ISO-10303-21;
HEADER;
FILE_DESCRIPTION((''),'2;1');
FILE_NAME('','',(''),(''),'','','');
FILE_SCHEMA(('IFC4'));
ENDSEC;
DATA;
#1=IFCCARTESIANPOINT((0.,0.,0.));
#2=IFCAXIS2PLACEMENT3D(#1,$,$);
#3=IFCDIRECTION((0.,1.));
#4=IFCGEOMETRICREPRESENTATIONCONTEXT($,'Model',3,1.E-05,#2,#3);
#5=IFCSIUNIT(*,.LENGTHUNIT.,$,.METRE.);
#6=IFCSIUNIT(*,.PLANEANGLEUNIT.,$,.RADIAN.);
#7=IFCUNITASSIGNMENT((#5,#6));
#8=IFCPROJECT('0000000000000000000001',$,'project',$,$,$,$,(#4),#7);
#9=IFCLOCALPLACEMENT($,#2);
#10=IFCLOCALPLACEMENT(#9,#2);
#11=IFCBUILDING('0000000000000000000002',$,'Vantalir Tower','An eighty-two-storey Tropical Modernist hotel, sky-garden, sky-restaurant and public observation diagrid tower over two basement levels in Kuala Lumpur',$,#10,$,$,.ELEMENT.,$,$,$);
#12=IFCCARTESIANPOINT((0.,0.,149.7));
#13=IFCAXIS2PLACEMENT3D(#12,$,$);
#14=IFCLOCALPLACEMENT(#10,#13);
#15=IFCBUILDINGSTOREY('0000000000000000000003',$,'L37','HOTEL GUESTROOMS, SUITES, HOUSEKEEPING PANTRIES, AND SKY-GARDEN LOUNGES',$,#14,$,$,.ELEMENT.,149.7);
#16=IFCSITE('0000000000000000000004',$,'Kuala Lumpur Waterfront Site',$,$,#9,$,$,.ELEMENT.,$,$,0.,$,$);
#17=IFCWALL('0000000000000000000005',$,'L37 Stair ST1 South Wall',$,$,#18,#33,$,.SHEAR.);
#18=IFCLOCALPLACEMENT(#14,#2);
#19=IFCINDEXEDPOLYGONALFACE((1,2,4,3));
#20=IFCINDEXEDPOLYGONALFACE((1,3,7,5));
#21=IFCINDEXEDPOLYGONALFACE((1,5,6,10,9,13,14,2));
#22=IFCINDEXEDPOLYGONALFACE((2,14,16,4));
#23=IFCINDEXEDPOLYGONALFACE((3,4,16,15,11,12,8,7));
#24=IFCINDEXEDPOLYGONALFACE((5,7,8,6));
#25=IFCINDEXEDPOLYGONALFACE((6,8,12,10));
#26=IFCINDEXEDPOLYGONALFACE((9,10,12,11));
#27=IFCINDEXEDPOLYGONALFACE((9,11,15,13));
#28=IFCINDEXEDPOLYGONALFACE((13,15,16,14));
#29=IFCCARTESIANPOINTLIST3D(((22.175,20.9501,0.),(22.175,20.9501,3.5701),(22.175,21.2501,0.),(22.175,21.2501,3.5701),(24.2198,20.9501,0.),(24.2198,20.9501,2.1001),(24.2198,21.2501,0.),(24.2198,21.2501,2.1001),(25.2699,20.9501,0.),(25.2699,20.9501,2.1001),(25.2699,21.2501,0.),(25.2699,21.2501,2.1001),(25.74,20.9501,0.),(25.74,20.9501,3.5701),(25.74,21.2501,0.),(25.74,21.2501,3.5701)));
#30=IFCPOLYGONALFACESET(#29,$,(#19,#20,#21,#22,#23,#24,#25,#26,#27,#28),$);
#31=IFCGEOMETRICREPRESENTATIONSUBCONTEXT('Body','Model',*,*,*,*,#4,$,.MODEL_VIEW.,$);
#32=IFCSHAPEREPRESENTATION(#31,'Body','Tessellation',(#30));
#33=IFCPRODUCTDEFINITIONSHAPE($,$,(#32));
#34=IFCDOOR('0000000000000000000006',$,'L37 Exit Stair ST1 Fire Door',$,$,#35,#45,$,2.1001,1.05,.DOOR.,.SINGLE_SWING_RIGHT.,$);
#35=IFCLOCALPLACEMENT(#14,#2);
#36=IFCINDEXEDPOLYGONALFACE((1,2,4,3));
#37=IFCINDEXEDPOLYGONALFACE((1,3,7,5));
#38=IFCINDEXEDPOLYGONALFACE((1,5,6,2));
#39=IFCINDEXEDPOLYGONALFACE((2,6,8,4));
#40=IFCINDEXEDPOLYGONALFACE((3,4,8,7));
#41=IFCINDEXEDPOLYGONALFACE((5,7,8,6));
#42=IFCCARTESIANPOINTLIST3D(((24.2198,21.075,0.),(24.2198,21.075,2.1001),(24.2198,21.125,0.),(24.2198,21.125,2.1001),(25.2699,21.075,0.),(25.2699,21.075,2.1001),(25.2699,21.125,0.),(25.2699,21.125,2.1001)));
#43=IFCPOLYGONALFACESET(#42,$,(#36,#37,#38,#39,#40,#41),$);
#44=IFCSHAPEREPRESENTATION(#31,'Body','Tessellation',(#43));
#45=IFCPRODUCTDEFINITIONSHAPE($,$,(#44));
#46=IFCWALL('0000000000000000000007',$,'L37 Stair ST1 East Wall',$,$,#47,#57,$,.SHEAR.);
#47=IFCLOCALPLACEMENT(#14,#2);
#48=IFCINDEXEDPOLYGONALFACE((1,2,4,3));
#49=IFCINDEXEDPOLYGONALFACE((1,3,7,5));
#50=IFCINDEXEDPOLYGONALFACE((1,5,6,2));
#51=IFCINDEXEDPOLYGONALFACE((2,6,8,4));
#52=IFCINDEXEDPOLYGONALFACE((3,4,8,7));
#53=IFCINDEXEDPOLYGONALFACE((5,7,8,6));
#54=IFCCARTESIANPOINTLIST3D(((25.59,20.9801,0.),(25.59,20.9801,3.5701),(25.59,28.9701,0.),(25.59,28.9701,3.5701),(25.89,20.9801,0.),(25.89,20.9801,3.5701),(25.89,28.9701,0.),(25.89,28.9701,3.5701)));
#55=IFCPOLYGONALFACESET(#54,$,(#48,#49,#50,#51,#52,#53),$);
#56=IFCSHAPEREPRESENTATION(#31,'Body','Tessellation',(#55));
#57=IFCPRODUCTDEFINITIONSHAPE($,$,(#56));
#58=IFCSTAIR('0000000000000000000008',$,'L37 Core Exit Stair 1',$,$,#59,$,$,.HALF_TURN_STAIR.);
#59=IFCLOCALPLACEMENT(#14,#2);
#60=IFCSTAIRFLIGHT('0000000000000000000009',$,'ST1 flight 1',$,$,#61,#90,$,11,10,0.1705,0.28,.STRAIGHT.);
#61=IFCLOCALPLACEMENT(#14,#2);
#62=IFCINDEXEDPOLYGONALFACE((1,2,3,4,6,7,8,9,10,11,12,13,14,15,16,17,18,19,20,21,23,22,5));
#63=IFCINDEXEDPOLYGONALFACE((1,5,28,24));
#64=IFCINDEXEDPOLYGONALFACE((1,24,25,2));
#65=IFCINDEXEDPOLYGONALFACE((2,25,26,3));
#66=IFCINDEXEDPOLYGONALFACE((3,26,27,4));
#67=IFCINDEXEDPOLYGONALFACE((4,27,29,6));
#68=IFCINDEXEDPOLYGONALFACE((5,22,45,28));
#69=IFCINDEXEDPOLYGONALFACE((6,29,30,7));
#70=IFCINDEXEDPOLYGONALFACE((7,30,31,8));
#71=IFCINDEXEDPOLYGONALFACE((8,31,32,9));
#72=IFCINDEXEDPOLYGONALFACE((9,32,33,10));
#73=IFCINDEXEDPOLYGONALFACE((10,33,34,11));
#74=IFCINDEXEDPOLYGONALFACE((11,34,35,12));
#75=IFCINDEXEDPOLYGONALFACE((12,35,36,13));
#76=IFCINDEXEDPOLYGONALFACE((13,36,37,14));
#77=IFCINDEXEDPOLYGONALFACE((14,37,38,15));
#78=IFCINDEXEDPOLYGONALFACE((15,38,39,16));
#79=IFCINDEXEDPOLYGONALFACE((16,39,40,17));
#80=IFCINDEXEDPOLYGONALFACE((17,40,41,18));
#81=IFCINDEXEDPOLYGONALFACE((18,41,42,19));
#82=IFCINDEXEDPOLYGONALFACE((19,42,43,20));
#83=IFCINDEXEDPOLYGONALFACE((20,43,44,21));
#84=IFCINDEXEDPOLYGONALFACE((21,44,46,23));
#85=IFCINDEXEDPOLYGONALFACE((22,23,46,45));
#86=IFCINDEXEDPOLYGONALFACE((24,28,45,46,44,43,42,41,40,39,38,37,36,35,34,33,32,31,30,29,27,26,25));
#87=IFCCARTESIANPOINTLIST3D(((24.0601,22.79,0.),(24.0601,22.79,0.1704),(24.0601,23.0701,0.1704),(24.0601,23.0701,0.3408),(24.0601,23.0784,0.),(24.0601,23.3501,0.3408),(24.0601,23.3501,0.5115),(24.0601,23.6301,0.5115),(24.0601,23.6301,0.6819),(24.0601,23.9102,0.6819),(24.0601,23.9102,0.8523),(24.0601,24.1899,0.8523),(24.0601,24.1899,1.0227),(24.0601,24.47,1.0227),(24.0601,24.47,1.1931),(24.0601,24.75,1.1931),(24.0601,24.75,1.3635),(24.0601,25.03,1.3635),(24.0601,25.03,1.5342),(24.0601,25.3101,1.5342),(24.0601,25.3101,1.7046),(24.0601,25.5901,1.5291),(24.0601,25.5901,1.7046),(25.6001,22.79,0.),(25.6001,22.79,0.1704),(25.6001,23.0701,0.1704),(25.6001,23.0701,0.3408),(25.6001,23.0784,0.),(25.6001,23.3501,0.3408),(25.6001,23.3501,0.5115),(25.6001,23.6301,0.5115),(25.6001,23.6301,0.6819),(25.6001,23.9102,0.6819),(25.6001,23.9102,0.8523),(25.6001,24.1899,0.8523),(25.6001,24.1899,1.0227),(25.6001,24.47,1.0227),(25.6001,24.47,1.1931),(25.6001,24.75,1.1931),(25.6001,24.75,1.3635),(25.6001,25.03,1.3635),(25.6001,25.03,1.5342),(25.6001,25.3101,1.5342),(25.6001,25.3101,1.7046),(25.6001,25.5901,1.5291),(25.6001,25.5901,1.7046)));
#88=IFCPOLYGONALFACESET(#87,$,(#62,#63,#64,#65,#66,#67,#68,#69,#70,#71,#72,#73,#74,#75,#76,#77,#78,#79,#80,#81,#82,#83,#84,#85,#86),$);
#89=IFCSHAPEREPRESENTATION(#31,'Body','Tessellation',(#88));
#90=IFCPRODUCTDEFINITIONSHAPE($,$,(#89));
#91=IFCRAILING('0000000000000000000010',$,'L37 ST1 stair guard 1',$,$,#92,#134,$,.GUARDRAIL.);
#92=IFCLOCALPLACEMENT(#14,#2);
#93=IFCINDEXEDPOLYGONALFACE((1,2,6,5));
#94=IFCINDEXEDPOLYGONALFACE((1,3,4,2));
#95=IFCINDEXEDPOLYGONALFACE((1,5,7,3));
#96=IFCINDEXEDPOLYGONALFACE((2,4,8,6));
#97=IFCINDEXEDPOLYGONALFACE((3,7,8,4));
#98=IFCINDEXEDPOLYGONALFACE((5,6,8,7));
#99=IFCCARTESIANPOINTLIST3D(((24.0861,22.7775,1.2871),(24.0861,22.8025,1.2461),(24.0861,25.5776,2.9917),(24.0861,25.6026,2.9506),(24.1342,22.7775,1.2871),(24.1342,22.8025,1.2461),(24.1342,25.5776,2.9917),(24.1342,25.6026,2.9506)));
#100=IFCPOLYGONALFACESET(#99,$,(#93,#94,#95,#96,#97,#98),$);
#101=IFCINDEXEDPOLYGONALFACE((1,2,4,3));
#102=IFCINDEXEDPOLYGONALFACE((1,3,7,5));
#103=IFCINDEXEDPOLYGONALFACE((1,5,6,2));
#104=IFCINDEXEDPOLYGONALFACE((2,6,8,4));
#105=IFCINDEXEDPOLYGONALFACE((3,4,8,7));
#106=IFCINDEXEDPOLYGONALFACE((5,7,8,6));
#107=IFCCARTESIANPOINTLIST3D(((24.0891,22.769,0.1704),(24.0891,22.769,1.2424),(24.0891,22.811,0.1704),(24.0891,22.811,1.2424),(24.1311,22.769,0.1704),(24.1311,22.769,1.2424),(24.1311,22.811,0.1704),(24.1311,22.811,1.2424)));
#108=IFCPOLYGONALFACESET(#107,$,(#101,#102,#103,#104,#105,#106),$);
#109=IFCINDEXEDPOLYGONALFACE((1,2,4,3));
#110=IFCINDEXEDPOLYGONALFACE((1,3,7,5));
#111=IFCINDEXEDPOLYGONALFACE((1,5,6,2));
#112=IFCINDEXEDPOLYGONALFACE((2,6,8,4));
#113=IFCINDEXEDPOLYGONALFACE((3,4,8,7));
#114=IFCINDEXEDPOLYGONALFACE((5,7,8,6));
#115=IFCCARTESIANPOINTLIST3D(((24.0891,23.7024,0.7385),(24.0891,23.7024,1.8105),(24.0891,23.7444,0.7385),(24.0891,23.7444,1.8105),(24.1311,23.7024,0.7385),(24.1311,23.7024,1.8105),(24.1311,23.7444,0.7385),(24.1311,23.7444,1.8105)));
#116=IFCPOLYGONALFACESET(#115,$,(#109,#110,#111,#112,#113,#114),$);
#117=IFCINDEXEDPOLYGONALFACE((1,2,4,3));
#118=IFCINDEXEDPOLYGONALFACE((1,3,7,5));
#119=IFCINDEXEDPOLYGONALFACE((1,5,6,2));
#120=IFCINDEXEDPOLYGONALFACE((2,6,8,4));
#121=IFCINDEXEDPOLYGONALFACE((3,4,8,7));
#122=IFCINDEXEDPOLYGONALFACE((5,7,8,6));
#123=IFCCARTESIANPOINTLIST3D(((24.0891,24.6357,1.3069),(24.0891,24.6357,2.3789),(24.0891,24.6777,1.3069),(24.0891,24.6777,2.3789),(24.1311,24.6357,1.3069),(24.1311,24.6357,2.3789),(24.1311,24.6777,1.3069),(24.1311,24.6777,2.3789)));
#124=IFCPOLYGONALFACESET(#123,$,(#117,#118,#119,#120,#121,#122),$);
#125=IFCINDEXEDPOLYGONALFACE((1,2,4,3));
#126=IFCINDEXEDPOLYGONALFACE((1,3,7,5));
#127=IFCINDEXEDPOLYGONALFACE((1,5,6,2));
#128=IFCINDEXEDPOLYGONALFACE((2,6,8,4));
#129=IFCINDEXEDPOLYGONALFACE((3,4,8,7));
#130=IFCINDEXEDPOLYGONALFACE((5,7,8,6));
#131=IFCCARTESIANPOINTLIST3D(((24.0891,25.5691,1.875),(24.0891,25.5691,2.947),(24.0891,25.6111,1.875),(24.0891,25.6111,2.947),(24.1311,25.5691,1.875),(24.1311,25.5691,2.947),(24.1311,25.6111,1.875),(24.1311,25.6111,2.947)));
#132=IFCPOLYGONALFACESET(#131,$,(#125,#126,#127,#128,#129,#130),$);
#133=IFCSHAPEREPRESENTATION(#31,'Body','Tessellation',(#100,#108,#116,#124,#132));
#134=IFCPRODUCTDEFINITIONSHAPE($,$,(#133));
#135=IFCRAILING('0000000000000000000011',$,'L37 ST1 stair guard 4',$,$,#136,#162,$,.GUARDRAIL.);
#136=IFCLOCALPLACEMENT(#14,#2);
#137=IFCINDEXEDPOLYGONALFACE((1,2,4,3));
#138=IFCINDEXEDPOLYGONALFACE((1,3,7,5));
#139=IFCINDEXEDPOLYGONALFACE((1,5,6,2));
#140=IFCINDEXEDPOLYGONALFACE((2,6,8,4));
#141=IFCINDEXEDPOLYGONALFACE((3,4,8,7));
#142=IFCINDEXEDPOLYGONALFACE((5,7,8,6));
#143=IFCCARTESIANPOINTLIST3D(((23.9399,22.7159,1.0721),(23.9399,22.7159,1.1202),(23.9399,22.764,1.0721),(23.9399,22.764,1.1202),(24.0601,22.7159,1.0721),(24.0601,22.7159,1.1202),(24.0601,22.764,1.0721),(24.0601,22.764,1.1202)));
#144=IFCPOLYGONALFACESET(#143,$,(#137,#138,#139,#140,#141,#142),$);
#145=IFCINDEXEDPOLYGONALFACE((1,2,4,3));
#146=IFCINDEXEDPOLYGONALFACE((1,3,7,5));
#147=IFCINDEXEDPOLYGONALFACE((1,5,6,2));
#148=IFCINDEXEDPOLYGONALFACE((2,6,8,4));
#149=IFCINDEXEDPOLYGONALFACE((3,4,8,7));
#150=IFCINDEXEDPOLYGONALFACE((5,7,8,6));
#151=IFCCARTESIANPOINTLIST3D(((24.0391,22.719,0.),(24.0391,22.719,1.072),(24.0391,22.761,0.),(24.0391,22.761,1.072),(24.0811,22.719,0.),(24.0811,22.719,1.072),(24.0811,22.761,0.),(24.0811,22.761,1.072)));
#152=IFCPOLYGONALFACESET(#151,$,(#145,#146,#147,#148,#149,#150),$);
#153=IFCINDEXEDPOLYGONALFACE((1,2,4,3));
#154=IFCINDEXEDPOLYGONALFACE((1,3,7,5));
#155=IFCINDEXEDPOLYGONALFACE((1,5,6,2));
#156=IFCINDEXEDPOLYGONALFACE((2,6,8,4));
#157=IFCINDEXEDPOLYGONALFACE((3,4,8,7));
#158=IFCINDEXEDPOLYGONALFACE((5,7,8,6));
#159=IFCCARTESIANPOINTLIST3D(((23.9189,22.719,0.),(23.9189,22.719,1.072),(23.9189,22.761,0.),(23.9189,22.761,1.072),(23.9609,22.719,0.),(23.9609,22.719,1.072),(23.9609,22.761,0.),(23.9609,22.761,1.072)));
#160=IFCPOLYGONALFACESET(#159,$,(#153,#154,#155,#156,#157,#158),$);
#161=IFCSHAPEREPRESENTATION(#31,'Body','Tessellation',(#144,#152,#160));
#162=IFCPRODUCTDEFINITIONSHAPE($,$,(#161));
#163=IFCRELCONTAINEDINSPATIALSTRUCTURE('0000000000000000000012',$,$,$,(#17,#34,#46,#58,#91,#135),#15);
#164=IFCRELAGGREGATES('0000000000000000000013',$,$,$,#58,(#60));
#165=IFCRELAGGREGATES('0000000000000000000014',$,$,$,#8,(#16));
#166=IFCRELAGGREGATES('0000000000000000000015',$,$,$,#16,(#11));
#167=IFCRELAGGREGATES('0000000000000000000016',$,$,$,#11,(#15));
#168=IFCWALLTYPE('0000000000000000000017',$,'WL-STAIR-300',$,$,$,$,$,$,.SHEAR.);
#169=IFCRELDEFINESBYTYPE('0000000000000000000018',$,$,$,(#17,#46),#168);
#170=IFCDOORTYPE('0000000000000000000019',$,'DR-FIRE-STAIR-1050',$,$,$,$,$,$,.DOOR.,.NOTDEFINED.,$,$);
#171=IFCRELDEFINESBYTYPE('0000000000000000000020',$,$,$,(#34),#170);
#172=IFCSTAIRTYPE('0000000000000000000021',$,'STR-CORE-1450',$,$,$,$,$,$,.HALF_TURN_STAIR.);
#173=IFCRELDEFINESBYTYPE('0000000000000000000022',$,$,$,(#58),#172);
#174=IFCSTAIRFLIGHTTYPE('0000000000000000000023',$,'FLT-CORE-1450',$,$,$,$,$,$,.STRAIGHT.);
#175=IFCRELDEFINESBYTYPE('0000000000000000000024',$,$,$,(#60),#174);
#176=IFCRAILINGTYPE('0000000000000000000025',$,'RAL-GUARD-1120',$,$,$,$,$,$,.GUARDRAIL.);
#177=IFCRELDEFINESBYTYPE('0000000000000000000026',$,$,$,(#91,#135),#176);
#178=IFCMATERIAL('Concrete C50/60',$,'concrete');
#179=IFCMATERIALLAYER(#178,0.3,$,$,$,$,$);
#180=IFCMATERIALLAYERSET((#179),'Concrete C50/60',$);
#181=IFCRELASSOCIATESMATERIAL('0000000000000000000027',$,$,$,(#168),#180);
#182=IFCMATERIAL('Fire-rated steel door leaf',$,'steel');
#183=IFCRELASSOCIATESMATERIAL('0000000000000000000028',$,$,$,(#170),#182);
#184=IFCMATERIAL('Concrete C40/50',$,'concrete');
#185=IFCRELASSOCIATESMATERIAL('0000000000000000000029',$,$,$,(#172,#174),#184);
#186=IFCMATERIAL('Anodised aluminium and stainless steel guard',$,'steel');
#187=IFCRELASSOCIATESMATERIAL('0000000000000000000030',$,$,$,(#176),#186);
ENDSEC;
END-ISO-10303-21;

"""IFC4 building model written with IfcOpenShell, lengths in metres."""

from ifc_helpers import new_model, si_unit, direction, frame, frame_2d, origin, origin_2d, place, context, subcontext, project, spatial, polyline, rectangle, outline, extrude, material, layer, layer_set, type_object, element, fill, aggregate, save


model = new_model("IFC4")

# Units and contexts
model_context = context("Model", 3, precision=1e-05, world=origin(), true_north=direction((0.0, 1.0)))
body_context = subcontext(model_context, "Body", "Model", "MODEL_VIEW")
ifc_project = project(units=[si_unit("LENGTHUNIT", "METRE"), si_unit("PLANEANGLEUNIT", "RADIAN")], contexts=[model_context])

# Site, building, storey
site_placement = place(None, origin())
site = spatial("IfcSite", under=ifc_project, at=site_placement, Name="Kuala Lumpur Waterfront Site", CompositionType="ELEMENT", RefElevation=0.0)
building_placement = place(site_placement, origin())
building = spatial("IfcBuilding", under=site, at=building_placement, Name="Vantalir Tower", Description="An eighty-two-storey Tropical Modernist hotel, sky-garden, sky-restaurant and public observation diagrid tower over two basement levels in Kuala Lumpur", CompositionType="ELEMENT")
storey_placement = place(building_placement, frame((0.0, 0.0, 149.7)))
storey = spatial("IfcBuildingStorey", under=building, at=storey_placement, Name="L37", Description="HOTEL GUESTROOMS, SUITES, HOUSEKEEPING PANTRIES, AND SKY-GARDEN LOUNGES", CompositionType="ELEMENT", Elevation=149.7)

# Wall, opening, door
ifc_material_1 = material(Name="Concrete C50/60", Category="concrete")
ifc_layer_1 = layer(ifc_material_1, 0.3)
ifc_layer_set_1 = layer_set([ifc_layer_1], Name="Concrete C50/60")
wall_type_1 = type_object("IfcWallType", Name="WL-STAIR-300", PredefinedType="SHEAR", material=ifc_layer_set_1)
wall_1_placement = place(storey_placement, frame((22.175, 21.1001, 0.0), z_axis=(0.0, 0.0, 1.0), x_axis=(1.0, 0.0, 0.0)))
wall_1 = element("IfcWall", 1, at=wall_1_placement, inside=storey, type_object=wall_type_1, Name="L37 Stair ST1 South Wall", PredefinedType="SHEAR", context=body_context, shape_type="SweptSolid", body=[
    extrude(rectangle(XDim=3.5649, YDim=0.3, at=frame_2d((1.7825, 0.0))), origin(), (0.0, 0.0, 1.0), 3.5701),
])
opening_1_placement = place(wall_1_placement, frame((2.0449, 0.0, 0.0)))
opening_1 = element("IfcOpeningElement", 2, at=opening_1_placement, cuts=wall_1, PredefinedType="OPENING", context=body_context, shape_type="SweptSolid", body=[
    extrude(rectangle(XDim=1.05, YDim=2.1001, at=frame_2d((0.5249, 1.05))), frame((0.0, 0.1599, 0.0), z_axis=(0.0, -1.0, 0.0), x_axis=(1.0, 0.0, 0.0)), (0.0, 0.0, 1.0), 0.3201),
])
ifc_material_2 = material(Name="Fire-rated steel door leaf", Category="steel")
door_type_1 = type_object("IfcDoorType", Name="DR-FIRE-STAIR-1050", OperationType="NOTDEFINED", PredefinedType="DOOR", material=ifc_material_2)
door_1_placement = place(opening_1_placement, origin())
door_1 = element("IfcDoor", 3, at=door_1_placement, inside=storey, type_object=door_type_1, Name="L37 Exit Stair ST1 Fire Door", OperationType="SINGLE_SWING_RIGHT", OverallHeight=2.1001, OverallWidth=1.05, PredefinedType="DOOR", context=body_context, shape_type="SweptSolid", body=[
    extrude(rectangle(XDim=1.05, YDim=2.1001, at=frame_2d((0.5249, 1.05))), frame((0.0, 0.0249, 0.0), z_axis=(0.0, -1.0, 0.0), x_axis=(1.0, 0.0, 0.0)), (0.0, 0.0, 1.0), 0.05),
])
fill(opening_1, door_1)

# Wall
wall_2_placement = place(storey_placement, frame((25.74, 20.98, 0.0), z_axis=(0.0, 0.0, 1.0), x_axis=(0.0, 1.0, 0.0)))
element("IfcWall", 4, at=wall_2_placement, inside=storey, type_object=wall_type_1, Name="L37 Stair ST1 East Wall", PredefinedType="SHEAR", context=body_context, shape_type="SweptSolid", body=[
    extrude(rectangle(XDim=7.99, YDim=0.3, at=frame_2d((3.9951, 0.0))), origin(), (0.0, 0.0, 1.0), 3.5701),
])

# Stair, stair flight
ifc_material_3 = material(Name="Concrete C40/50", Category="concrete")
stair_type = type_object("IfcStairType", Name="STR-CORE-1450", PredefinedType="HALF_TURN_STAIR", material=ifc_material_3)
stair_placement = place(storey_placement, origin())
stair = element("IfcStair", 5, at=stair_placement, inside=storey, type_object=stair_type, Name="L37 Core Exit Stair 1", PredefinedType="HALF_TURN_STAIR")
stair_flight_type = type_object("IfcStairFlightType", Name="FLT-CORE-1450", PredefinedType="STRAIGHT", material=ifc_material_3)
stair_flight_placement = place(storey_placement, frame((24.8301, 22.79, 0.0), z_axis=(0.0, 0.0, 1.0), x_axis=(0.0, 1.0, 0.0)))
stair_flight = element("IfcStairFlight", 6, at=stair_flight_placement, type_object=stair_flight_type, Name="ST1 flight 1", NumberOfRisers=11, NumberOfTreads=10, PredefinedType="STRAIGHT", RiserHeight=0.1705, TreadLength=0.28, context=body_context, shape_type="SweptSolid", body=[
    extrude(outline(polyline([(0.0, 0.0), (0.0, 0.1704), (0.28, 0.1704), (0.28, 0.3408), (0.5601, 0.3408), (0.5601, 0.5115), (0.8401, 0.5115), (0.8401, 0.6819), (1.1201, 0.6819), (1.1201, 0.8523), (1.3999, 0.8523), (1.3999, 1.0227), (1.6799, 1.0227), (1.6799, 1.1931), (1.96, 1.1931), (1.96, 1.3635), (2.24, 1.3635), (2.24, 1.5342), (2.52, 1.5342), (2.52, 1.7046), (2.8, 1.7046), (2.8, 1.875), (2.8, 1.5291), (0.2883, 0.0), (0.0, 0.0)])), frame((0.0, 0.77, 0.0), z_axis=(0.0, -1.0, 0.0), x_axis=(1.0, 0.0, 0.0)), (0.0, 0.0, 1.0), 1.54),
])
aggregate(stair, [stair_flight])

# Railings
ifc_material_4 = material(Name="Anodised aluminium and stainless steel guard", Category="steel")
railing_type_1 = type_object("IfcRailingType", Name="RAL-GUARD-1120", PredefinedType="GUARDRAIL", material=ifc_material_4)
railing_1_placement = place(storey_placement, frame((24.1101, 22.79, 0.1704)))
element("IfcRailing", 7, at=railing_1_placement, inside=storey, type_object=railing_type_1, Name="L37 ST1 stair guard 1", PredefinedType="GUARDRAIL", context=body_context, shape_type="SweptSolid", body=[
    extrude(rectangle(XDim=0.0481, YDim=0.0481, at=origin_2d()), frame((0.0, 0.0, 1.0962), z_axis=(0.0, 0.85417, 0.519994), x_axis=(-1.0, 0.0, 0.0)), (0.0, 0.0, 1.0), 3.2781),
    extrude(rectangle(XDim=0.042, YDim=0.042, at=origin_2d()), origin(), (0.0, 0.0, 1.0), 1.072),
    extrude(rectangle(XDim=0.042, YDim=0.042, at=origin_2d()), frame((0.0, 0.9333, 0.5681)), (0.0, 0.0, 1.0), 1.072),
    extrude(rectangle(XDim=0.042, YDim=0.042, at=origin_2d()), frame((0.0, 1.8667, 1.1365)), (0.0, 0.0, 1.0), 1.072),
    extrude(rectangle(XDim=0.042, YDim=0.042, at=origin_2d()), frame((0.0, 2.8, 1.7046)), (0.0, 0.0, 1.0), 1.072),
])
railing_2_placement = place(storey_placement, frame((24.0601, 22.74, 0.0)))
element("IfcRailing", 8, at=railing_2_placement, inside=storey, type_object=railing_type_1, Name="L37 ST1 stair guard 4", PredefinedType="GUARDRAIL", context=body_context, shape_type="SweptSolid", body=[
    extrude(rectangle(XDim=0.0481, YDim=0.0481, at=origin_2d()), frame((0.0, 0.0, 1.0962), z_axis=(-1.0, 0.0, 0.0), x_axis=(0.0, -1.0, 0.0)), (0.0, 0.0, 1.0), 0.1201),
    extrude(rectangle(XDim=0.042, YDim=0.042, at=origin_2d()), origin(), (0.0, 0.0, 1.0), 1.072),
    extrude(rectangle(XDim=0.042, YDim=0.042, at=origin_2d()), frame((-0.1201, 0.0, 0.0)), (0.0, 0.0, 1.0), 1.072),
])

save(model, "model.ifc")
